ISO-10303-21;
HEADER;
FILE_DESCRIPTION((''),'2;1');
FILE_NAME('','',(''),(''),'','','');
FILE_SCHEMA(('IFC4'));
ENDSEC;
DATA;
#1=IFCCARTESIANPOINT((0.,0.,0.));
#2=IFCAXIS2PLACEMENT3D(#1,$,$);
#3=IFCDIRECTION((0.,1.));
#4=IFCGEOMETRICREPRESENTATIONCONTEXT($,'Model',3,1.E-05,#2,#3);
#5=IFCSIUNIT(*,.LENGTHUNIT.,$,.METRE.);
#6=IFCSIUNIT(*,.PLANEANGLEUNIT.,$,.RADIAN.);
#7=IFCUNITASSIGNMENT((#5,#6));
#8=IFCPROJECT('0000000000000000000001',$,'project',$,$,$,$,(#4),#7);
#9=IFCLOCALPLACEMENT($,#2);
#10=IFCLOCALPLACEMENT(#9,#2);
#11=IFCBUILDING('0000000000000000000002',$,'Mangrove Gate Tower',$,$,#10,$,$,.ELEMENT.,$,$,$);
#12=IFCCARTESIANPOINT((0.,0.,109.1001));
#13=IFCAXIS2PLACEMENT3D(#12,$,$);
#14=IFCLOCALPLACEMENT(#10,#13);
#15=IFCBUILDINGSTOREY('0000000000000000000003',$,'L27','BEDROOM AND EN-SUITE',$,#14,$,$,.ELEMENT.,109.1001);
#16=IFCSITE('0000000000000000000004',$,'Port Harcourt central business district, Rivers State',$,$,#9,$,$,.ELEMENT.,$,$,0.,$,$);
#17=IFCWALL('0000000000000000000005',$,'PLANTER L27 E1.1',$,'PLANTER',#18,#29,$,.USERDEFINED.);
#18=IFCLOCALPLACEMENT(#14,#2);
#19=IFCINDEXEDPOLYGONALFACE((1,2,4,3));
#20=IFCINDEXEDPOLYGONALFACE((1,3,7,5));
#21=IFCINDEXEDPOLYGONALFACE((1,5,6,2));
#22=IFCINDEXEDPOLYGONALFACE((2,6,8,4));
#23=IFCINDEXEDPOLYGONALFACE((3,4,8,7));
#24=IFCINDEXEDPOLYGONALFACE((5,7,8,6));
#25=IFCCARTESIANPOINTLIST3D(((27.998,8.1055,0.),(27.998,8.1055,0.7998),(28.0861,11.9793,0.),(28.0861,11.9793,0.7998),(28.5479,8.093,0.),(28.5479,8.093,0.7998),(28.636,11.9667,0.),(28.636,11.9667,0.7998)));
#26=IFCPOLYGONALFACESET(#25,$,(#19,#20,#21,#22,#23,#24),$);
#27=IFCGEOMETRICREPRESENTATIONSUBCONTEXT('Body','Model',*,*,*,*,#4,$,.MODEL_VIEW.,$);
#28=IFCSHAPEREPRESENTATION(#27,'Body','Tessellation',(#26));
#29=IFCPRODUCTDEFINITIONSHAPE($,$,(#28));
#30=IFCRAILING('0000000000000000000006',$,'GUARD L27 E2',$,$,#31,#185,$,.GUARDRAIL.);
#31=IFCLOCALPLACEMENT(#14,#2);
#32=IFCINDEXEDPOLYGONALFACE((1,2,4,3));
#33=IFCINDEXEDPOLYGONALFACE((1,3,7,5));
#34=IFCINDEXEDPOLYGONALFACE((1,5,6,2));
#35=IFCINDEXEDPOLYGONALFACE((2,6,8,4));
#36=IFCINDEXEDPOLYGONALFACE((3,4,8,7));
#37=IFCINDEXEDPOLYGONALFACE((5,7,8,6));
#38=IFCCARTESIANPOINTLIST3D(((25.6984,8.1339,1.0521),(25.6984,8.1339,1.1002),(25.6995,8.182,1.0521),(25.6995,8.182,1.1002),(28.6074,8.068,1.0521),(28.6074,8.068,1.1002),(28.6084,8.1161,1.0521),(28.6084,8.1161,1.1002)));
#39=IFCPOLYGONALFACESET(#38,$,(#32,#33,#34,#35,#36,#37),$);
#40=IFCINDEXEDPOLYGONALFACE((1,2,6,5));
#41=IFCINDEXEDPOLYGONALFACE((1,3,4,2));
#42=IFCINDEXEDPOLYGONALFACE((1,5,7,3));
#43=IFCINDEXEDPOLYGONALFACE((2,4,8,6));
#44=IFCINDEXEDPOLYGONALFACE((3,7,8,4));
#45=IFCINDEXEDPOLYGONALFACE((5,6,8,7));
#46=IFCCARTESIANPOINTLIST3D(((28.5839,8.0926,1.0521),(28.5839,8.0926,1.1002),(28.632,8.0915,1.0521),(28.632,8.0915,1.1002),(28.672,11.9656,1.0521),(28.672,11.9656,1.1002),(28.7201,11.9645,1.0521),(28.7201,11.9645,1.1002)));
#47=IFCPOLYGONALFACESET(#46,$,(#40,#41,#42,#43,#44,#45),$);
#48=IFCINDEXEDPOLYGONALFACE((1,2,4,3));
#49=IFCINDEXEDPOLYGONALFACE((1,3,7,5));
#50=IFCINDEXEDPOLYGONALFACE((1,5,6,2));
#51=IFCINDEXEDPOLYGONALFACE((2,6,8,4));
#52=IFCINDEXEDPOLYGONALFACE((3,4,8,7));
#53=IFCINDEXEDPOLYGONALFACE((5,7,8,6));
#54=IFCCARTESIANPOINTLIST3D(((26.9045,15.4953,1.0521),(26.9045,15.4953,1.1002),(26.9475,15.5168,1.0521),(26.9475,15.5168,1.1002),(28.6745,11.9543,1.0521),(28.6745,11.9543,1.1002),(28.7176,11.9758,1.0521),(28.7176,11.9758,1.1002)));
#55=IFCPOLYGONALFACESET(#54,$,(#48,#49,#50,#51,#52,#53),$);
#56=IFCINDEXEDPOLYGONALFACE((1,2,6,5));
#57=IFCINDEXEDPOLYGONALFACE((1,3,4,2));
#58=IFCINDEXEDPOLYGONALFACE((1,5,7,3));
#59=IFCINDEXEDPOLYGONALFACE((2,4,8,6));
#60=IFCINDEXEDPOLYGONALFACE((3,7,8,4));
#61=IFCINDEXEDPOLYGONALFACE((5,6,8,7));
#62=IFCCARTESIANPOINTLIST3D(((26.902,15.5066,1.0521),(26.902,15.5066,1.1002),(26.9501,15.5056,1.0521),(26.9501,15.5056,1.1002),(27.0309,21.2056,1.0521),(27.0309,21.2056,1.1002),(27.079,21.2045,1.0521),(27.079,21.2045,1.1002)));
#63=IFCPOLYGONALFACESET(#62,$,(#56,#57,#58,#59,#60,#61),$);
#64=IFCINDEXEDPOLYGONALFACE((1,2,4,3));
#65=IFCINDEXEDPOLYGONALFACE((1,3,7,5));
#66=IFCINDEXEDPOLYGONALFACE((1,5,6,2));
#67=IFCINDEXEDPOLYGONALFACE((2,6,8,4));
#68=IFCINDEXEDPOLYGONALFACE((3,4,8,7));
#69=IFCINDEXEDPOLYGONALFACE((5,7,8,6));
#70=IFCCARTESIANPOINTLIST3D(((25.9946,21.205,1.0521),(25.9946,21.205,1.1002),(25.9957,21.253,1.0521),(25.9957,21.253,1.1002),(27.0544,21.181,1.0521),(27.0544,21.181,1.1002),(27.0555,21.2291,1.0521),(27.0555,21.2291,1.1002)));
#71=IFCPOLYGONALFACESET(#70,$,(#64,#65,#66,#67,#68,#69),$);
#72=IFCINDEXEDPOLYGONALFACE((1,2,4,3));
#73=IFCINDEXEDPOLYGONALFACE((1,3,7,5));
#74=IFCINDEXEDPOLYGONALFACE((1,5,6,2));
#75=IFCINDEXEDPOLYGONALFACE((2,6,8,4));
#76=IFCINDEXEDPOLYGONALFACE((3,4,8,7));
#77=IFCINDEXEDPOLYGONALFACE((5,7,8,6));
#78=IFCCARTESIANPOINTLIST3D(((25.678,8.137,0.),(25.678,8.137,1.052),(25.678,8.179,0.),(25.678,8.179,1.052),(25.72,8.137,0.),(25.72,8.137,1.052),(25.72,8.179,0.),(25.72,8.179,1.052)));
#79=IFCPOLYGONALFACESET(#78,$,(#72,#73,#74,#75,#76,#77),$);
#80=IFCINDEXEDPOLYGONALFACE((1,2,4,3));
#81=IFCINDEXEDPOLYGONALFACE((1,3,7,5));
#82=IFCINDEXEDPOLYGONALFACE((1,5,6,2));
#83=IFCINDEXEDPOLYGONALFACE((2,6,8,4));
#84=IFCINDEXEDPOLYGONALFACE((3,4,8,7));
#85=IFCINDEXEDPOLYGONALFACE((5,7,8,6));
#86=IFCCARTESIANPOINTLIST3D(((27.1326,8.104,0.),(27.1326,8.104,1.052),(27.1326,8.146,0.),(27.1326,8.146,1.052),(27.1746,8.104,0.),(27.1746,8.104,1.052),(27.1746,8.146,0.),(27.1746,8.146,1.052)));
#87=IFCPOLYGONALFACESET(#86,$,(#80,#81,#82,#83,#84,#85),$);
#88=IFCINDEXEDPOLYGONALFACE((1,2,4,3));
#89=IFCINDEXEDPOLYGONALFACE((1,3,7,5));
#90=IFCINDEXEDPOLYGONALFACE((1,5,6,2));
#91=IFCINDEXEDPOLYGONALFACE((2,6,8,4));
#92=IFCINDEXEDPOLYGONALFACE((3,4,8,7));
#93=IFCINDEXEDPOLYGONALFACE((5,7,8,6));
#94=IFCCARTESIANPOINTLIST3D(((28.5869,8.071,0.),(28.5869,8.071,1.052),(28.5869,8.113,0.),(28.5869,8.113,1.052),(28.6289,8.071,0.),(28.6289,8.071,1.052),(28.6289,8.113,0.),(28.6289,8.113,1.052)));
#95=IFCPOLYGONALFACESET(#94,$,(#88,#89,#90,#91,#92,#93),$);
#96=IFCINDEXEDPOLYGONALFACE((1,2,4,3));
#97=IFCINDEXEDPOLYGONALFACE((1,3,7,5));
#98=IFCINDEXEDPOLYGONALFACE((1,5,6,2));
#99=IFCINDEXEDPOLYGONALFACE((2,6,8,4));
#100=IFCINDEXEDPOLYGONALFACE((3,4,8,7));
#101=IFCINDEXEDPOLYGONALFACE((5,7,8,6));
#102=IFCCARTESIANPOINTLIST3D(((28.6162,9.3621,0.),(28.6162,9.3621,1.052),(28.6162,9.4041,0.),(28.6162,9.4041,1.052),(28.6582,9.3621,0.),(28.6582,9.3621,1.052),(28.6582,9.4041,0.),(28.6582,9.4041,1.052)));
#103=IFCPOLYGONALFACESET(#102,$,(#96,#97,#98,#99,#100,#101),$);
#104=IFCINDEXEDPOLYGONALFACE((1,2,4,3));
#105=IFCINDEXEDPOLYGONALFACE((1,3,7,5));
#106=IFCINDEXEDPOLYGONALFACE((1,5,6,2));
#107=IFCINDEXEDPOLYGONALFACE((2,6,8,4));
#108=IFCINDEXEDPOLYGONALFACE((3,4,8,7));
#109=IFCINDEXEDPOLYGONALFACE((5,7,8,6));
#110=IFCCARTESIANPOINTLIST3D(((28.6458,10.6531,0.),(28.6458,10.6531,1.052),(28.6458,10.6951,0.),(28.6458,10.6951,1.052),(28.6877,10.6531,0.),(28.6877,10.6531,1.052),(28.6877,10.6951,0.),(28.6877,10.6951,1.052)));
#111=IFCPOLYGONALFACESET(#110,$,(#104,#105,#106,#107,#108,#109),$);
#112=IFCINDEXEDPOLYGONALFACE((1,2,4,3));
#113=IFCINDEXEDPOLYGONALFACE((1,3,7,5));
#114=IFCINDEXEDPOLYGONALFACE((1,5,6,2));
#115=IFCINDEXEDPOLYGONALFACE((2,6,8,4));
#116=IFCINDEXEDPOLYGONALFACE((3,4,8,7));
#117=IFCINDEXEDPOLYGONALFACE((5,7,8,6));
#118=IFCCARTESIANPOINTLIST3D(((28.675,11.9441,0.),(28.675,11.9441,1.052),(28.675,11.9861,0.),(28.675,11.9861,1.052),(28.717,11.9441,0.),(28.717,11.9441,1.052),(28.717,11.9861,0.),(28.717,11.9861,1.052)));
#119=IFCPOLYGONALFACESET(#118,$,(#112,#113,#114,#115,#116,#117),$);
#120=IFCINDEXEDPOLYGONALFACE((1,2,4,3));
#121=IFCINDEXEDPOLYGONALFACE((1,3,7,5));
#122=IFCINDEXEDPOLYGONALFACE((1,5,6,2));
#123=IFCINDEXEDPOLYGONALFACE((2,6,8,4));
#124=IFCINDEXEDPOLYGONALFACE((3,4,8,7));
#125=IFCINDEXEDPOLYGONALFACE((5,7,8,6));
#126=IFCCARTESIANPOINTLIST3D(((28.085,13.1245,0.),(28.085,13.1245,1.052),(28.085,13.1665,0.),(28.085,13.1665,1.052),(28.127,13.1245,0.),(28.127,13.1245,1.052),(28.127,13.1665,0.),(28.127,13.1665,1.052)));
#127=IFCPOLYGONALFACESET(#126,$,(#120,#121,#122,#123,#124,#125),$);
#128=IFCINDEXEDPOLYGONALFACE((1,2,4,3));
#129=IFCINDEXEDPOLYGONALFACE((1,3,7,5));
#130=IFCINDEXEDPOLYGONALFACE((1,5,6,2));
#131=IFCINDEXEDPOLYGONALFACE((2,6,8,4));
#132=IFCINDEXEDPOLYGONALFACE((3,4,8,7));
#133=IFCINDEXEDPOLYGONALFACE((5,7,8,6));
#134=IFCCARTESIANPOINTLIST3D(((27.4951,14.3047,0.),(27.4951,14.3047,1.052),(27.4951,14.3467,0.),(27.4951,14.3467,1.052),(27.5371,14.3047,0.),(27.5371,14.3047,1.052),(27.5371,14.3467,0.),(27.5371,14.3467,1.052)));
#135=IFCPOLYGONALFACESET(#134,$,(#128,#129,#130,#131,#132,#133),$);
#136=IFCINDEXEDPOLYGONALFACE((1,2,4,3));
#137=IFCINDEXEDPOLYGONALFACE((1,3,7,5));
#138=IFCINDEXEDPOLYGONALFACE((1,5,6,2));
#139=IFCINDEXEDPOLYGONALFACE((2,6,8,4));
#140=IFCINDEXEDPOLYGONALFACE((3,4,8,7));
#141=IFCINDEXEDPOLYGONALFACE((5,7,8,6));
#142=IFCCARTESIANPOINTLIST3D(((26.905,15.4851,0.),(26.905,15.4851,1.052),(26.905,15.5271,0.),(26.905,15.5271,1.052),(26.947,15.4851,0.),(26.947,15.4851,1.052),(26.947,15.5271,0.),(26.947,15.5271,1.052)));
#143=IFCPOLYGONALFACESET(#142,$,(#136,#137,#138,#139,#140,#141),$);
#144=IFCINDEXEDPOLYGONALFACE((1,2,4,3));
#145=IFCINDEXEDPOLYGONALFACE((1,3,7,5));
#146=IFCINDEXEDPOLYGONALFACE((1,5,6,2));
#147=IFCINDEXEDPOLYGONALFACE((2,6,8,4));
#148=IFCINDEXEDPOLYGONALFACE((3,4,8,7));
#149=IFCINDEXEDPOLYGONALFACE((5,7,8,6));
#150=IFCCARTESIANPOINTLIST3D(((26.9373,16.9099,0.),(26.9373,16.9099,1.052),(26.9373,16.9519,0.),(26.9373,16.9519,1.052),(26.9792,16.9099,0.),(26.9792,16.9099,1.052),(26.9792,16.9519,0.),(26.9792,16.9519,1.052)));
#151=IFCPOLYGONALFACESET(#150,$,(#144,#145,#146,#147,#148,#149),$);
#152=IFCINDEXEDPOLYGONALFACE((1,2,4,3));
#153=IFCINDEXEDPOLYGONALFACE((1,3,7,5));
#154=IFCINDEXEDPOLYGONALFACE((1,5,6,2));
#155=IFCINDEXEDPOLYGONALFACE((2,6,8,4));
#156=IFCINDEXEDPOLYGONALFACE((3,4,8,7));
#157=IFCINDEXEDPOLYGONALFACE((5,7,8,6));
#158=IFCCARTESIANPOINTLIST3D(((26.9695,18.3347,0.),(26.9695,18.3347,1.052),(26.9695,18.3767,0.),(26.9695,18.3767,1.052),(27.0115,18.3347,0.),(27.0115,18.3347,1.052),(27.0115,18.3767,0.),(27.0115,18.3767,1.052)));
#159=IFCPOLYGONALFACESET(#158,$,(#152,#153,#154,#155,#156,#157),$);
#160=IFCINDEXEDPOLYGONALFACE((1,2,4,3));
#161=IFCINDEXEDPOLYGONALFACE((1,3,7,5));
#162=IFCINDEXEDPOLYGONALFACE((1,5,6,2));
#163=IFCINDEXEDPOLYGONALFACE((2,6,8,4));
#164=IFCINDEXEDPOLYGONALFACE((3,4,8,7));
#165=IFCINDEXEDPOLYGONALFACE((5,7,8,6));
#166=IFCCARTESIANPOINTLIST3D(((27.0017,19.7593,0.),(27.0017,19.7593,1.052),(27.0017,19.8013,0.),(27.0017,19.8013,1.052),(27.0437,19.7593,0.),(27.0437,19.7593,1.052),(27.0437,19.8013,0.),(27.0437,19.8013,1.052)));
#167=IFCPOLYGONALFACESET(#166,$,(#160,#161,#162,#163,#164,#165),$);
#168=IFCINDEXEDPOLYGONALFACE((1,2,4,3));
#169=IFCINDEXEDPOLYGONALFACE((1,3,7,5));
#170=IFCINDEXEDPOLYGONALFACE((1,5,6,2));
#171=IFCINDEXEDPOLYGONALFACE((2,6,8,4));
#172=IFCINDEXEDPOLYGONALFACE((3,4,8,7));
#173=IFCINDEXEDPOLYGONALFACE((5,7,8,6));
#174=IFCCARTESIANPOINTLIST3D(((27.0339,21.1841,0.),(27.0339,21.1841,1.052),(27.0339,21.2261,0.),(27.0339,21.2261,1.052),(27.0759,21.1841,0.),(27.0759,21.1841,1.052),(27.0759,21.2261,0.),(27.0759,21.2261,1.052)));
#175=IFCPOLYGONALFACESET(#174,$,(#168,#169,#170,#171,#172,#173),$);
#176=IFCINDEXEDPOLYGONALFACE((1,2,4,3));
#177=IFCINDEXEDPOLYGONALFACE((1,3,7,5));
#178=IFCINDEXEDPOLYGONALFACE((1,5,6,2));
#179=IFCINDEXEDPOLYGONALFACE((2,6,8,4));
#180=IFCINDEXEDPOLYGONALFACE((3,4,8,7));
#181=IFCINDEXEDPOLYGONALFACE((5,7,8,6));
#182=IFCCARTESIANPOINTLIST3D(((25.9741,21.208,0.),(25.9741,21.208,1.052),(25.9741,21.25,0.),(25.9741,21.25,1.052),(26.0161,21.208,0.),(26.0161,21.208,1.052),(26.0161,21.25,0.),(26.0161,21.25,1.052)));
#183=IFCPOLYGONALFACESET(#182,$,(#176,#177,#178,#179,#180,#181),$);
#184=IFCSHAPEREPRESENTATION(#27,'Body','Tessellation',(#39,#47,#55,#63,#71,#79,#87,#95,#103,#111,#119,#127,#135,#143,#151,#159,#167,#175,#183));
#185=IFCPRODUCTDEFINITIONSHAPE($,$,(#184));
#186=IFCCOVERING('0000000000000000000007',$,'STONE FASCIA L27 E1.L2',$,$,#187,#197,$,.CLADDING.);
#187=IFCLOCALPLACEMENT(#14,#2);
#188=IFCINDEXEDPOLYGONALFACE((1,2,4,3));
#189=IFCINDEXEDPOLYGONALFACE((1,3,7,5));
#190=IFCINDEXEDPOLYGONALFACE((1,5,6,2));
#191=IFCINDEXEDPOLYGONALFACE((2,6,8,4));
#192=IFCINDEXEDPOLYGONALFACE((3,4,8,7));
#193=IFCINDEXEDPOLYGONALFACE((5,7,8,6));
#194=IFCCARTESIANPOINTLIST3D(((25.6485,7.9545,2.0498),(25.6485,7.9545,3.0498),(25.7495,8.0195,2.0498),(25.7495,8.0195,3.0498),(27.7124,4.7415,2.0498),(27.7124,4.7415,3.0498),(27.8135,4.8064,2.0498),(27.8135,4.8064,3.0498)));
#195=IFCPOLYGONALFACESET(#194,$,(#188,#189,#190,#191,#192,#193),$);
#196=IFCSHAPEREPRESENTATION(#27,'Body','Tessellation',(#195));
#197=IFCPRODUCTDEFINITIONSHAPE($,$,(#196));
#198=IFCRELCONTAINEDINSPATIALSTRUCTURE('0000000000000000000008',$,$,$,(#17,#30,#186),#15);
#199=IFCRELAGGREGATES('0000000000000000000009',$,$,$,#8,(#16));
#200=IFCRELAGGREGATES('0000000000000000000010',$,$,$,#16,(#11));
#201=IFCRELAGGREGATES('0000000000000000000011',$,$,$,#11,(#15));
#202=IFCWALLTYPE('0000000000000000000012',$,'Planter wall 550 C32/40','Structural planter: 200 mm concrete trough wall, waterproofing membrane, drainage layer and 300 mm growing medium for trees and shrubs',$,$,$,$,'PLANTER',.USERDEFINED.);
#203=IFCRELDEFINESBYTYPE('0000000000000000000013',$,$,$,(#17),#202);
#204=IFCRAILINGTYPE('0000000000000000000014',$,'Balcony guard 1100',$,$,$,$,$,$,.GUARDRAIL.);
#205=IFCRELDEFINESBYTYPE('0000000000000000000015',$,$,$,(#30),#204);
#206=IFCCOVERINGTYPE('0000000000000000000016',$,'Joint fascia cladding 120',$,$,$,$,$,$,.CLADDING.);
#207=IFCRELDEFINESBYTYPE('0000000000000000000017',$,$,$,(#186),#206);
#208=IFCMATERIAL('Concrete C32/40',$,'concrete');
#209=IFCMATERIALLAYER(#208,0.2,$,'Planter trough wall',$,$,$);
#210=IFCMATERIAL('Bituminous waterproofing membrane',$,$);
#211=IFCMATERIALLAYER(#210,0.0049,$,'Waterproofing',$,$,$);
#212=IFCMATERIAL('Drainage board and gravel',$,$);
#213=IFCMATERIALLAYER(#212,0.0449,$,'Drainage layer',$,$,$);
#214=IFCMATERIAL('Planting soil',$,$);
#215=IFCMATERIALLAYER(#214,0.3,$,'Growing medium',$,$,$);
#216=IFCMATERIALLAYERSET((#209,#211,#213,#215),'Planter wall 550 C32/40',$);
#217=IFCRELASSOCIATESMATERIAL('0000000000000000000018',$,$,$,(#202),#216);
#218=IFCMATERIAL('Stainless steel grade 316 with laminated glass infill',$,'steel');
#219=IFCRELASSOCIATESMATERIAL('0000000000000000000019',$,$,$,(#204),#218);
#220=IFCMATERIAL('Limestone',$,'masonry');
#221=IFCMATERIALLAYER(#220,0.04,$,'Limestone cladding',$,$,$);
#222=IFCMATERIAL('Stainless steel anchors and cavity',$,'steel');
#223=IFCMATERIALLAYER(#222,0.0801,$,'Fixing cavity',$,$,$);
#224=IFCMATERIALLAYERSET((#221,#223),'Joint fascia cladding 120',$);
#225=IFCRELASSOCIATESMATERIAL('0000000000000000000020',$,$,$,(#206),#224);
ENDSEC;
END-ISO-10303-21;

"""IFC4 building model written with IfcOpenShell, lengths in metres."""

from ifc_helpers import new_model, si_unit, direction, frame, frame_2d, origin, origin_2d, place, context, subcontext, project, spatial, rectangle, extrude, material, layer, layer_set, type_object, element, save


model = new_model("IFC4")

# Units and contexts
model_context = context("Model", 3, precision=1e-05, world=origin(), true_north=direction((0.0, 1.0)))
body_context = subcontext(model_context, "Body", "Model", "MODEL_VIEW")
ifc_project = project(units=[si_unit("LENGTHUNIT", "METRE"), si_unit("PLANEANGLEUNIT", "RADIAN")], contexts=[model_context])

# Site, building, storey
site_placement = place(None, origin())
site = spatial("IfcSite", under=ifc_project, at=site_placement, Name="Port Harcourt central business district, Rivers State", CompositionType="ELEMENT", RefElevation=0.0)
building_placement = place(site_placement, origin())
building = spatial("IfcBuilding", under=site, at=building_placement, Name="Mangrove Gate Tower", CompositionType="ELEMENT")
storey_placement = place(building_placement, frame((0.0, 0.0, 109.1001)))
storey = spatial("IfcBuildingStorey", under=building, at=storey_placement, Name="L27", Description="BEDROOM AND EN-SUITE", CompositionType="ELEMENT", Elevation=109.1001)

# Shared definitions
ifc_material_1 = material(Name="Limestone", Category="masonry")

# Wall
ifc_material_2 = material(Name="Concrete C32/40", Category="concrete")
ifc_layer_1 = layer(ifc_material_2, 0.2, Name="Planter trough wall")
ifc_material_3 = material(Name="Bituminous waterproofing membrane")
ifc_layer_2 = layer(ifc_material_3, 0.0049, Name="Waterproofing")
ifc_material_4 = material(Name="Drainage board and gravel")
ifc_layer_3 = layer(ifc_material_4, 0.0449, Name="Drainage layer")
ifc_material_5 = material(Name="Planting soil")
ifc_layer_4 = layer(ifc_material_5, 0.3, Name="Growing medium")
ifc_layer_set_1 = layer_set([ifc_layer_1, ifc_layer_2, ifc_layer_3, ifc_layer_4], Name="Planter wall 550 C32/40")
wall_type_1 = type_object("IfcWallType", Name="Planter wall 550 C32/40", Description="Structural planter: 200 mm concrete trough wall, waterproofing membrane, drainage layer and 300 mm growing medium for trees and shrubs", ElementType="PLANTER", PredefinedType="USERDEFINED", material=ifc_layer_set_1)
wall_1_placement = place(storey_placement, frame((28.2729, 8.0991, 0.0), z_axis=(0.0, 0.0, 1.0), x_axis=(0.022746, 0.999741, 0.0)))
element("IfcWall", 1, at=wall_1_placement, inside=storey, type_object=wall_type_1, Name="PLANTER L27 E1.1", ObjectType="PLANTER", PredefinedType="USERDEFINED", context=body_context, shape_type="SweptSolid", body=[
    extrude(rectangle(XDim=3.8748, YDim=0.55, at=frame_2d((1.9375, 0.0))), origin(), (0.0, 0.0, 1.0), 0.7998),
])

# Railing
ifc_material_6 = material(Name="Stainless steel grade 316 with laminated glass infill", Category="steel")
railing_type = type_object("IfcRailingType", Name="Balcony guard 1100", PredefinedType="GUARDRAIL", material=ifc_material_6)
railing_placement = place(storey_placement, frame((25.699, 8.158, 0.0)))
element("IfcRailing", 2, at=railing_placement, inside=storey, type_object=railing_type, Name="GUARD L27 E2", PredefinedType="GUARDRAIL", context=body_context, shape_type="SweptSolid", body=[
    extrude(rectangle(XDim=0.0481, YDim=0.0481, at=origin_2d()), frame((0.0, 0.0, 1.0762), z_axis=(0.999743, -0.022655, 0.0), x_axis=(0.022655, 0.999743, 0.0)), (0.0, 0.0, 1.0), 2.9097),
    extrude(rectangle(XDim=0.0481, YDim=0.0481, at=origin_2d()), frame((2.9089, -0.0659, 1.0762), z_axis=(0.02275, 0.999741, 0.0), x_axis=(-0.999741, 0.02275, 0.0)), (0.0, 0.0, 1.0), 3.874),
    extrude(rectangle(XDim=0.0481, YDim=0.0481, at=origin_2d()), frame((2.9971, 3.8071, 1.0762), z_axis=(-0.447115, 0.894477, 0.0), x_axis=(-0.894477, -0.447115, 0.0)), (0.0, 0.0, 1.0), 3.9587),
    extrude(rectangle(XDim=0.0481, YDim=0.0481, at=origin_2d()), frame((1.2271, 7.3481, 1.0762), z_axis=(0.022613, 0.999744, 0.0), x_axis=(-0.999744, 0.022613, 0.0)), (0.0, 0.0, 1.0), 5.7004),
    extrude(rectangle(XDim=0.0481, YDim=0.0481, at=origin_2d()), frame((1.356, 13.0471, 1.0762), z_axis=(-0.999745, 0.02257, 0.0), x_axis=(-0.02257, -0.999745, 0.0)), (0.0, 0.0, 1.0), 1.0601),
    extrude(rectangle(XDim=0.042, YDim=0.042, at=origin_2d()), origin(), (0.0, 0.0, 1.0), 1.052),
    extrude(rectangle(XDim=0.042, YDim=0.042, at=origin_2d()), frame((1.4546, -0.033, 0.0)), (0.0, 0.0, 1.0), 1.052),
    extrude(rectangle(XDim=0.042, YDim=0.042, at=origin_2d()), frame((2.9089, -0.0659, 0.0)), (0.0, 0.0, 1.0), 1.052),
    extrude(rectangle(XDim=0.042, YDim=0.042, at=origin_2d()), frame((2.9382, 1.2251, 0.0)), (0.0, 0.0, 1.0), 1.052),
    extrude(rectangle(XDim=0.042, YDim=0.042, at=origin_2d()), frame((2.9678, 2.5161, 0.0)), (0.0, 0.0, 1.0), 1.052),
    extrude(rectangle(XDim=0.042, YDim=0.042, at=origin_2d()), frame((2.9971, 3.8071, 0.0)), (0.0, 0.0, 1.0), 1.052),
    extrude(rectangle(XDim=0.042, YDim=0.042, at=origin_2d()), frame((2.407, 4.9875, 0.0)), (0.0, 0.0, 1.0), 1.052),
    extrude(rectangle(XDim=0.042, YDim=0.042, at=origin_2d()), frame((1.8171, 6.1677, 0.0)), (0.0, 0.0, 1.0), 1.052),
    extrude(rectangle(XDim=0.042, YDim=0.042, at=origin_2d()), frame((1.2271, 7.3481, 0.0)), (0.0, 0.0, 1.0), 1.052),
    extrude(rectangle(XDim=0.042, YDim=0.042, at=origin_2d()), frame((1.2593, 8.7729, 0.0)), (0.0, 0.0, 1.0), 1.052),
    extrude(rectangle(XDim=0.042, YDim=0.042, at=origin_2d()), frame((1.2915, 10.1978, 0.0)), (0.0, 0.0, 1.0), 1.052),
    extrude(rectangle(XDim=0.042, YDim=0.042, at=origin_2d()), frame((1.3237, 11.6223, 0.0)), (0.0, 0.0, 1.0), 1.052),
    extrude(rectangle(XDim=0.042, YDim=0.042, at=origin_2d()), frame((1.356, 13.0471, 0.0)), (0.0, 0.0, 1.0), 1.052),
    extrude(rectangle(XDim=0.042, YDim=0.042, at=origin_2d()), frame((0.2961, 13.071, 0.0)), (0.0, 0.0, 1.0), 1.052),
])

# Covering
ifc_layer_5 = layer(ifc_material_1, 0.04, Name="Limestone cladding")
ifc_material_7 = material(Name="Stainless steel anchors and cavity", Category="steel")
ifc_layer_6 = layer(ifc_material_7, 0.0801, Name="Fixing cavity")
ifc_layer_set_2 = layer_set([ifc_layer_5, ifc_layer_6], Name="Joint fascia cladding 120")
covering_type = type_object("IfcCoveringType", Name="Joint fascia cladding 120", PredefinedType="CLADDING", material=ifc_layer_set_2)
covering_placement = place(storey_placement, frame((27.7629, 4.7739, 2.0498), z_axis=(0.0, 0.0, 1.0), x_axis=(-0.540457, 0.841372, 0.0)))
element("IfcCovering", 3, at=covering_placement, inside=storey, type_object=covering_type, Name="STONE FASCIA L27 E1.L2", PredefinedType="CLADDING", context=body_context, shape_type="SweptSolid", body=[
    extrude(rectangle(XDim=3.8188, YDim=0.1201, at=frame_2d((1.9094, 0.0))), origin(), (0.0, 0.0, 1.0), 1.0),
])

save(model, "model.ifc")
